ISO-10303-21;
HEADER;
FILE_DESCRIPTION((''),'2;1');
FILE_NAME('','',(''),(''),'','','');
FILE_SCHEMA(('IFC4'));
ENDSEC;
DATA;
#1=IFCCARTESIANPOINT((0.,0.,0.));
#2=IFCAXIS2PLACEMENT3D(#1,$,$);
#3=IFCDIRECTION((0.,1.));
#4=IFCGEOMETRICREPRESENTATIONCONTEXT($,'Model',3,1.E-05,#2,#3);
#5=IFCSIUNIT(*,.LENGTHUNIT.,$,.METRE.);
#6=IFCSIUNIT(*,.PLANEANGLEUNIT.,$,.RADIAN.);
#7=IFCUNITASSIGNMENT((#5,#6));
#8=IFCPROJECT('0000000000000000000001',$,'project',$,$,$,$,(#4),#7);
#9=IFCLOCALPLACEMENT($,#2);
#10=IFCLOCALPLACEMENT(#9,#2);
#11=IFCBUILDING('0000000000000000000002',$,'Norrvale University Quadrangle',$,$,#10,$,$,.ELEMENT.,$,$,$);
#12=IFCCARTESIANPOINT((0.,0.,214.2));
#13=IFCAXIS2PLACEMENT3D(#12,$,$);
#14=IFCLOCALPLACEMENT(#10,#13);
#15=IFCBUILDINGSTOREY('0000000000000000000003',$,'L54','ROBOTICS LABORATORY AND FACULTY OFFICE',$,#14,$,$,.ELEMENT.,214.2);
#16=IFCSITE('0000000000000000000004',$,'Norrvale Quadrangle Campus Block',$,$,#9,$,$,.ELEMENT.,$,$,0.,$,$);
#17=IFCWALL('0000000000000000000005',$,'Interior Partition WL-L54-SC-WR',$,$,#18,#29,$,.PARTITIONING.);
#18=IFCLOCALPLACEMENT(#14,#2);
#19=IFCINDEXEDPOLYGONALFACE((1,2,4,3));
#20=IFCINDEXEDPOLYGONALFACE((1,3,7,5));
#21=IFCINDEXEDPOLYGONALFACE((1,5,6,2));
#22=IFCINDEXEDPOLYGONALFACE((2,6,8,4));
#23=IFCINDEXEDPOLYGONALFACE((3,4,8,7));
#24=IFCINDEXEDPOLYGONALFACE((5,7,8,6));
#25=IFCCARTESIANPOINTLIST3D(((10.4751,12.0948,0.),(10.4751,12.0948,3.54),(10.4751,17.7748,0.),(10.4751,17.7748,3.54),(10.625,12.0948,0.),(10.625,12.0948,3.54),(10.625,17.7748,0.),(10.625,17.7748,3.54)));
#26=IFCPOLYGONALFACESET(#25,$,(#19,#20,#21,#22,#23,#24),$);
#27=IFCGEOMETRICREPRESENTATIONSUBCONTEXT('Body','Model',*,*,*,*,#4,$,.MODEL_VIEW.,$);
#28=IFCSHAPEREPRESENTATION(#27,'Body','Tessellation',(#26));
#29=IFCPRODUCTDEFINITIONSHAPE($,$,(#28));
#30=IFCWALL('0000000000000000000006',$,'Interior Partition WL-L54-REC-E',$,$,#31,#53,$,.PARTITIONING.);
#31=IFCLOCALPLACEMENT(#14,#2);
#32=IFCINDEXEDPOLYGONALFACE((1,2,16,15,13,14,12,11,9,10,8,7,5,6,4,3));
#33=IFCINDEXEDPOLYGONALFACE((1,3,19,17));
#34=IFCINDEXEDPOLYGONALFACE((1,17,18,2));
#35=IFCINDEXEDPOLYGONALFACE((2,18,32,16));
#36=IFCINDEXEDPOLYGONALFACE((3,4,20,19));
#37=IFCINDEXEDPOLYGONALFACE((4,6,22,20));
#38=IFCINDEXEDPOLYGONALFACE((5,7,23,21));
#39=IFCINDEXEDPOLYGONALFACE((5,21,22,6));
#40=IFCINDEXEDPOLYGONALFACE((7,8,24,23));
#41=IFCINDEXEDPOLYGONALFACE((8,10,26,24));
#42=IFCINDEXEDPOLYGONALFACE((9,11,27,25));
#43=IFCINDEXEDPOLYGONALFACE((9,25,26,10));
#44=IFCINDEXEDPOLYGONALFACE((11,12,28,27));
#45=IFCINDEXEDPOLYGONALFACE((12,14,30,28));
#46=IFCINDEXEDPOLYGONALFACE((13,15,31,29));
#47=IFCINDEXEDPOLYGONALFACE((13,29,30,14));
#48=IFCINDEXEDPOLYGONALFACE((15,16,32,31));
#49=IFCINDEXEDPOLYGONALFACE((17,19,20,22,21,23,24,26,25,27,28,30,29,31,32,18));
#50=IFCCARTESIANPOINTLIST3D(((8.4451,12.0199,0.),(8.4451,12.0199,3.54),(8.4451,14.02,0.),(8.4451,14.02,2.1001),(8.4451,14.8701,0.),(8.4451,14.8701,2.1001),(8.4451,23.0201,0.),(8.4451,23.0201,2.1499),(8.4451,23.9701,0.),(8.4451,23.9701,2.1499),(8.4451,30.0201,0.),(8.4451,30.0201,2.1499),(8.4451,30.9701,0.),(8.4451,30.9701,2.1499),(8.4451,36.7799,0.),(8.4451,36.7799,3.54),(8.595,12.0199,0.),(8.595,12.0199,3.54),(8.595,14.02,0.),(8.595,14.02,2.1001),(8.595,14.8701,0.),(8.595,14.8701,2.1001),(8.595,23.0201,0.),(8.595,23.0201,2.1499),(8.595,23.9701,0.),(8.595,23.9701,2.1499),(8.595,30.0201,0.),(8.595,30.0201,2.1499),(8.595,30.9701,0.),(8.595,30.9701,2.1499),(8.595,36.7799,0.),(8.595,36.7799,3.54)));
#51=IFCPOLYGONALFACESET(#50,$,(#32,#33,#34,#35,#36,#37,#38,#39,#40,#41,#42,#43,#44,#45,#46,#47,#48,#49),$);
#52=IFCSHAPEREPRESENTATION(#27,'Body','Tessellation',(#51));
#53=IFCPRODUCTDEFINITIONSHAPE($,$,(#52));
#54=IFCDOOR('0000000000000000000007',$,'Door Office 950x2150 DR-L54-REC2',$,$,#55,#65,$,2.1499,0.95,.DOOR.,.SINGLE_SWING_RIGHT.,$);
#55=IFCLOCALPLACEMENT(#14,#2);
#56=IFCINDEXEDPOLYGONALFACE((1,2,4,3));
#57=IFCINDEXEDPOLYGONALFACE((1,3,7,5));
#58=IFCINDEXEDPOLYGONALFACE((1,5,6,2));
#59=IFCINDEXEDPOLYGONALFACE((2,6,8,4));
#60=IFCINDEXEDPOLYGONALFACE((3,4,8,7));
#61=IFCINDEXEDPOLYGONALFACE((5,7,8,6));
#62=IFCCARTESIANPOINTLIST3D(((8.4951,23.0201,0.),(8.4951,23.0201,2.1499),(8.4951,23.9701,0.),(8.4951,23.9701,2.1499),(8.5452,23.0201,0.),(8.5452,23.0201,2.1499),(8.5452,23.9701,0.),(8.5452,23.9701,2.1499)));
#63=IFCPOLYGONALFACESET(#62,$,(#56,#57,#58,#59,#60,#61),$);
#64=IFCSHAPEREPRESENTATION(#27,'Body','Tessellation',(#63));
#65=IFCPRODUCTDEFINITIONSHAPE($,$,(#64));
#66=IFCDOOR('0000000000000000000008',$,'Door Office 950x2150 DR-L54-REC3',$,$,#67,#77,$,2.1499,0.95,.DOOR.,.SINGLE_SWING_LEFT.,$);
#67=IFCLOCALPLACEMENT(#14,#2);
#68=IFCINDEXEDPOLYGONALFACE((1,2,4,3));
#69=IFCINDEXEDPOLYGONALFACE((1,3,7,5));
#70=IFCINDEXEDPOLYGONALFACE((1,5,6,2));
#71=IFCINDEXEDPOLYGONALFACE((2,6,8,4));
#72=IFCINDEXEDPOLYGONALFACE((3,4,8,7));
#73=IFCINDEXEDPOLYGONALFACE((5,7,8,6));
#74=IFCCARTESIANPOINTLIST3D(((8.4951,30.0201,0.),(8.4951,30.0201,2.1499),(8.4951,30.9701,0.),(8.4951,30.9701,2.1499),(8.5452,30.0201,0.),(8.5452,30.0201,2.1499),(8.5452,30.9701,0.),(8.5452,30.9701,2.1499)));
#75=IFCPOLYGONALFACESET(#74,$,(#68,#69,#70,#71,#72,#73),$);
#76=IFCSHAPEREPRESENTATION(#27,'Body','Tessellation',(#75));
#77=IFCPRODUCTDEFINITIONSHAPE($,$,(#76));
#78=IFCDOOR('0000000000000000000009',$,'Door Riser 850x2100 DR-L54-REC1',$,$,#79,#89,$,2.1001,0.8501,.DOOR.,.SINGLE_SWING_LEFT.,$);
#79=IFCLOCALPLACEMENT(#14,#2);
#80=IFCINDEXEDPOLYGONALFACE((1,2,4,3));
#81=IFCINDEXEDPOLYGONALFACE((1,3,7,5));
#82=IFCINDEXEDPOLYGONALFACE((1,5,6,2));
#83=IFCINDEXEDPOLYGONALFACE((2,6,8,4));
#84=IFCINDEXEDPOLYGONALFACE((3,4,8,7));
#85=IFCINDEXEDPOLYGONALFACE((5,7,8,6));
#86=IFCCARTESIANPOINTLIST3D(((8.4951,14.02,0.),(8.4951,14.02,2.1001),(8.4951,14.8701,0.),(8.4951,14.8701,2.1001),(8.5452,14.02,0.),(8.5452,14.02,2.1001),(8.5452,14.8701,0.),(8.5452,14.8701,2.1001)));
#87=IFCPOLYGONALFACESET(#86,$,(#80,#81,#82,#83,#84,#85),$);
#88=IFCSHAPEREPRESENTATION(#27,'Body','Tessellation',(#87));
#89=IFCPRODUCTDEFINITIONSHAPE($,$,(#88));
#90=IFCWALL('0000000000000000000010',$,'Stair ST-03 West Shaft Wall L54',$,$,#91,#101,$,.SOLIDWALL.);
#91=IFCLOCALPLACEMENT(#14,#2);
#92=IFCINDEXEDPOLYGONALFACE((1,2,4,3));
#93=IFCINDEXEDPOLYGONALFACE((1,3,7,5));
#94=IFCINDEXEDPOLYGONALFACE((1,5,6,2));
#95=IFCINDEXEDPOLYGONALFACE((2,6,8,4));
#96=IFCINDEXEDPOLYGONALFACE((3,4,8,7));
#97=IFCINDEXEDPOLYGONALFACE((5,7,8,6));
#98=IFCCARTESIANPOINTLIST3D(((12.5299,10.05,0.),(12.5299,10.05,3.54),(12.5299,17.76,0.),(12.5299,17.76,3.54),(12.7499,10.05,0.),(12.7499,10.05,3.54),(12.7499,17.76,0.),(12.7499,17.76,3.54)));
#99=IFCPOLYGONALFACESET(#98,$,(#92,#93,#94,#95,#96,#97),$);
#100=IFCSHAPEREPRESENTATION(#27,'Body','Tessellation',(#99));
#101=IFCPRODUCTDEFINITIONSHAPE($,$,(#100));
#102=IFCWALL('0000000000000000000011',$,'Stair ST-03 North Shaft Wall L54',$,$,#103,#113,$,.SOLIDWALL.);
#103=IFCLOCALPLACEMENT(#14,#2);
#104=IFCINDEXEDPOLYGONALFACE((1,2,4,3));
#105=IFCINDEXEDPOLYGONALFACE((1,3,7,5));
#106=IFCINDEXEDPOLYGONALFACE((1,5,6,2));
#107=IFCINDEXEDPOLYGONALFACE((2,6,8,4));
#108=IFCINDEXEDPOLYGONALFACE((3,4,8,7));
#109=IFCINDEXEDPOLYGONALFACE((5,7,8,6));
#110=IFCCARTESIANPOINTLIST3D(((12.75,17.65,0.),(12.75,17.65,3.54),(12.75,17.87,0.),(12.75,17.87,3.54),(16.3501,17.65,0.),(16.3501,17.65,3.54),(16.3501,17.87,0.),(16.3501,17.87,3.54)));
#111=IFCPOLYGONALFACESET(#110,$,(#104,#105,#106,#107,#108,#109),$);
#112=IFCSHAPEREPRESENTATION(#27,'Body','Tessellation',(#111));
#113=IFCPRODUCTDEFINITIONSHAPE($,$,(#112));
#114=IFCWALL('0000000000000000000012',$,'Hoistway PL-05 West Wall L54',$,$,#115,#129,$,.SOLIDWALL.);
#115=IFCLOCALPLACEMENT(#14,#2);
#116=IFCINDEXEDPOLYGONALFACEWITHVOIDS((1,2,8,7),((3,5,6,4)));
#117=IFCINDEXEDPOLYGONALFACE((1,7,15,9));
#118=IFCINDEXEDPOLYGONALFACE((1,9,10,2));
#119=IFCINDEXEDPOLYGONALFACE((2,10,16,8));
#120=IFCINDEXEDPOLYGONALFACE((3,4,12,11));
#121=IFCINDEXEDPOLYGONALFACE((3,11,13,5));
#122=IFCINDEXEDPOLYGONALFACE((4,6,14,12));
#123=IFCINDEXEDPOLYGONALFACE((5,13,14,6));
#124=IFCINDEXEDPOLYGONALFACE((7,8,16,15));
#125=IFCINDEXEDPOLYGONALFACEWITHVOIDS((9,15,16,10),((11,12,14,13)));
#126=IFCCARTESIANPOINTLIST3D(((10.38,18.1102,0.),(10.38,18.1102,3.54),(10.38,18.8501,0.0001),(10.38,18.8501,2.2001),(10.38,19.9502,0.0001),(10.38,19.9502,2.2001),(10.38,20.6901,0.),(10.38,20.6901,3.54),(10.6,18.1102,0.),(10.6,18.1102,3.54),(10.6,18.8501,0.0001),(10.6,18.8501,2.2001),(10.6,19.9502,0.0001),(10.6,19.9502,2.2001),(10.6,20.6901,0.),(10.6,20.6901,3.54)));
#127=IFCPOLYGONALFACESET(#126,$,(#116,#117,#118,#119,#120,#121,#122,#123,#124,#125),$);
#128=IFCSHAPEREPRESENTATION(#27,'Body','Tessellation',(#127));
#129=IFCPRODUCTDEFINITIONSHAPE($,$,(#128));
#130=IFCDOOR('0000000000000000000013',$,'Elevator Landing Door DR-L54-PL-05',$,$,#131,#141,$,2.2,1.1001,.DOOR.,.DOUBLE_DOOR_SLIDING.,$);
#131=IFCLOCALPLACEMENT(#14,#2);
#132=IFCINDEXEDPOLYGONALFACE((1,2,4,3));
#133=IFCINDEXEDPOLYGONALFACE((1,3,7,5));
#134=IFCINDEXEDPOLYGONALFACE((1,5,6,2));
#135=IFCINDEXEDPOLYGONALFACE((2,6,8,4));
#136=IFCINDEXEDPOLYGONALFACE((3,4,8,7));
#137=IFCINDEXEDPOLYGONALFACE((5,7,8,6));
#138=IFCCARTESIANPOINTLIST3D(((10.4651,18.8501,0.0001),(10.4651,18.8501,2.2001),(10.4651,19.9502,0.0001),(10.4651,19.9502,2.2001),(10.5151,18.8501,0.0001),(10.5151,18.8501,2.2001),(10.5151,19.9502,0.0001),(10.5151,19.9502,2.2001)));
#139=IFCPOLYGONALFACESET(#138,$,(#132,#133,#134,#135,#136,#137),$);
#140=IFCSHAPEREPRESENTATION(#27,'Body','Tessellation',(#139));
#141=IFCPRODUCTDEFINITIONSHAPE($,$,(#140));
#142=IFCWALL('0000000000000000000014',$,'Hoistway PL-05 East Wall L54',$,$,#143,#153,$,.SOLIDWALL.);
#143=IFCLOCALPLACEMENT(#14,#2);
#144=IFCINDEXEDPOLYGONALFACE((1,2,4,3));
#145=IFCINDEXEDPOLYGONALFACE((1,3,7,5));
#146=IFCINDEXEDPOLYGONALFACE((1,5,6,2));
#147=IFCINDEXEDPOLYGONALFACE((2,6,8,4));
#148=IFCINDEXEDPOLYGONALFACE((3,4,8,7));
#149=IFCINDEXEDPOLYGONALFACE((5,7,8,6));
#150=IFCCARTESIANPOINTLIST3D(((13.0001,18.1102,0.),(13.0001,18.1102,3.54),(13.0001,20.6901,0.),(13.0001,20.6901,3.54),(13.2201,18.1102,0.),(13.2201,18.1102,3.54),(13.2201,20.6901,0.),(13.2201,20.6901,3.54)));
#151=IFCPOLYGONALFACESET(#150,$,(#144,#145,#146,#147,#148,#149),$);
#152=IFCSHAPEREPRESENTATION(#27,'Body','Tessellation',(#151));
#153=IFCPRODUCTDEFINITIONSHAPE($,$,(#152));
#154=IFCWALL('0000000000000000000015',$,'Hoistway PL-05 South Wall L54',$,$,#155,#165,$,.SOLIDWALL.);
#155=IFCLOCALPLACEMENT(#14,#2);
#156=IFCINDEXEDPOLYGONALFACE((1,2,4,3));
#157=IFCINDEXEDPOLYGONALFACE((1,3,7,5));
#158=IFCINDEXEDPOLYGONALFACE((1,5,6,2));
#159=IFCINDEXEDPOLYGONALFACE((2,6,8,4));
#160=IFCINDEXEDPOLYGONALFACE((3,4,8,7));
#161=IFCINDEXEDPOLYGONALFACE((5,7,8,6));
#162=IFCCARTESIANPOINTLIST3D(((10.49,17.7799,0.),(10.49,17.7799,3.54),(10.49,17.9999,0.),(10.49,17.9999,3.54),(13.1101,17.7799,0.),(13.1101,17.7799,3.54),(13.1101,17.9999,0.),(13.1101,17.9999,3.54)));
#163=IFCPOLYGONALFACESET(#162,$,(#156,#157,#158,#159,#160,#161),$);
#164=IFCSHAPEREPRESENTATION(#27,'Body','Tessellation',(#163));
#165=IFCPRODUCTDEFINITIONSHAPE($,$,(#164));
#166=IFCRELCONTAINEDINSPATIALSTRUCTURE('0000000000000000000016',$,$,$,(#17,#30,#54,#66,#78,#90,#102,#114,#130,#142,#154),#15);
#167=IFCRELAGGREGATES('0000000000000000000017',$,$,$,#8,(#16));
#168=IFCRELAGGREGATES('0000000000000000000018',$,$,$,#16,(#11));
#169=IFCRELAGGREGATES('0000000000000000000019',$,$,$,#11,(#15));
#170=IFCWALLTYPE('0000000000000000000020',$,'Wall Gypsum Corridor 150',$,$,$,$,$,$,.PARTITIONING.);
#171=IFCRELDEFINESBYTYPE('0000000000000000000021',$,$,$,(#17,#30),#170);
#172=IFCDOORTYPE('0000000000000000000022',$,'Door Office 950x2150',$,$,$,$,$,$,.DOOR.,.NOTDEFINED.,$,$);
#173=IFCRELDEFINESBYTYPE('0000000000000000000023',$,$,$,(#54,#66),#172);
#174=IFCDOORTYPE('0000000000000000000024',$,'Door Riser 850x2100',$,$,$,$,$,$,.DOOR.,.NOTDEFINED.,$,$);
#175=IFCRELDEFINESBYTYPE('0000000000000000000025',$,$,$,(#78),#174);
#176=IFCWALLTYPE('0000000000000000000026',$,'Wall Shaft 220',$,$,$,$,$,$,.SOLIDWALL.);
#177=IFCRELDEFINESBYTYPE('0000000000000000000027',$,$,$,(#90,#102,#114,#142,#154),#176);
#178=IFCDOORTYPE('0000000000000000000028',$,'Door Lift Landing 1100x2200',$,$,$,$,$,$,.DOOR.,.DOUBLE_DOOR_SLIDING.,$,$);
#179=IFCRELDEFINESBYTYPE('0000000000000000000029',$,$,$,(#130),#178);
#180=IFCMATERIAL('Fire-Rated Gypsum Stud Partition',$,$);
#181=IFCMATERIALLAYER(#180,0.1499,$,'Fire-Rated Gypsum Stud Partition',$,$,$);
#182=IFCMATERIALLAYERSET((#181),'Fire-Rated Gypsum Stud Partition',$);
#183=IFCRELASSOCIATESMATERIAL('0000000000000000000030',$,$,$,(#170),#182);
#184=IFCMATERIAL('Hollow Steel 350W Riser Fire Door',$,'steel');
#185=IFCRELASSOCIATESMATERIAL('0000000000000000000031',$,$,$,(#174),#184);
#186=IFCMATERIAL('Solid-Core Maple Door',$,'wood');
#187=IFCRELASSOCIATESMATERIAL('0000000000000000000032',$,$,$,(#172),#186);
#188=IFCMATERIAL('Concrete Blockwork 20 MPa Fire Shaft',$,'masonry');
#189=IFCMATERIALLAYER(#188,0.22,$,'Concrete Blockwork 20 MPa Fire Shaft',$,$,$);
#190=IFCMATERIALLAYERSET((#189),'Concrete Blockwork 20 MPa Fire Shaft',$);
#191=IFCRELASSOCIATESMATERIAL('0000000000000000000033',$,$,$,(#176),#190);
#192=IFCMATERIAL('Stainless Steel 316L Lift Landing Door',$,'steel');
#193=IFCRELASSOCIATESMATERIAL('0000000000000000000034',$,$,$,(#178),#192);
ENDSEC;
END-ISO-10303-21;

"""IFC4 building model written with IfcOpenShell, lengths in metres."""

from ifc_helpers import new_model, si_unit, direction, frame, frame_2d, origin, place, context, subcontext, project, spatial, rectangle, extrude, material, layer, layer_set, type_object, element, fill, save


model = new_model("IFC4")

# Units and contexts
model_context = context("Model", 3, precision=1e-05, world=origin(), true_north=direction((0.0, 1.0)))
body_context = subcontext(model_context, "Body", "Model", "MODEL_VIEW")
ifc_project = project(units=[si_unit("LENGTHUNIT", "METRE"), si_unit("PLANEANGLEUNIT", "RADIAN")], contexts=[model_context])

# Site, building, storey
site_placement = place(None, origin())
site = spatial("IfcSite", under=ifc_project, at=site_placement, Name="Norrvale Quadrangle Campus Block", CompositionType="ELEMENT", RefElevation=0.0)
building_placement = place(site_placement, origin())
building = spatial("IfcBuilding", under=site, at=building_placement, Name="Norrvale University Quadrangle", CompositionType="ELEMENT")
storey_placement = place(building_placement, frame((0.0, 0.0, 214.2)))
storey = spatial("IfcBuildingStorey", under=building, at=storey_placement, Name="L54", Description="ROBOTICS LABORATORY AND FACULTY OFFICE", CompositionType="ELEMENT", Elevation=214.2)

# Shared definitions
ifc_material_1 = material(Name="Fire-Rated Gypsum Stud Partition")
ifc_layer_1 = layer(ifc_material_1, 0.1499, Name="Fire-Rated Gypsum Stud Partition")
ifc_layer_set_1 = layer_set([ifc_layer_1], Name="Fire-Rated Gypsum Stud Partition")
wall_type_1 = type_object("IfcWallType", Name="Wall Gypsum Corridor 150", PredefinedType="PARTITIONING", material=ifc_layer_set_1)
ifc_material_2 = material(Name="Hollow Steel 350W Riser Fire Door", Category="steel")
door_type_1 = type_object("IfcDoorType", Name="Door Riser 850x2100", OperationType="NOTDEFINED", PredefinedType="DOOR", material=ifc_material_2)

# Wall
wall_1_placement = place(storey_placement, frame((10.55, 12.095, 0.0), z_axis=(0.0, 0.0, 1.0), x_axis=(0.0, 1.0, 0.0)))
element("IfcWall", 1, at=wall_1_placement, inside=storey, type_object=wall_type_1, Name="Interior Partition WL-L54-SC-WR", PredefinedType="PARTITIONING", context=body_context, shape_type="SweptSolid", body=[
    extrude(rectangle(XDim=5.6799, YDim=0.1499, at=frame_2d((2.8398, 0.0))), origin(), (0.0, 0.0, 1.0), 3.54),
])

# Wall, openings, doors
wall_2_placement = place(storey_placement, frame((8.52, 12.02, 0.0), z_axis=(0.0, 0.0, 1.0), x_axis=(0.0, 1.0, 0.0)))
wall_2 = element("IfcWall", 2, at=wall_2_placement, inside=storey, type_object=wall_type_1, Name="Interior Partition WL-L54-REC-E", PredefinedType="PARTITIONING", context=body_context, shape_type="SweptSolid", body=[
    extrude(rectangle(XDim=24.76, YDim=0.1499, at=frame_2d((12.3799, 0.0))), origin(), (0.0, 0.0, 1.0), 3.54),
])
opening_1_placement = place(wall_2_placement, frame((2.0, 0.0, 0.0)))
opening_1 = element("IfcOpeningElement", 3, at=opening_1_placement, cuts=wall_2, PredefinedType="OPENING", context=body_context, shape_type="SweptSolid", body=[
    extrude(rectangle(XDim=0.8501, YDim=2.1001, at=frame_2d((0.425, 1.05))), frame((0.0, 0.0869, 0.0), z_axis=(0.0, -1.0, 0.0), x_axis=(1.0, 0.0, 0.0)), (0.0, 0.0, 1.0), 0.1738),
])
opening_2_placement = place(wall_2_placement, frame((11.0, 0.0, 0.0)))
opening_2 = element("IfcOpeningElement", 4, at=opening_2_placement, cuts=wall_2, PredefinedType="OPENING", context=body_context, shape_type="SweptSolid", body=[
    extrude(rectangle(XDim=0.95, YDim=2.1499, at=frame_2d((0.4751, 1.075))), frame((0.0, 0.0869, 0.0), z_axis=(0.0, -1.0, 0.0), x_axis=(1.0, 0.0, 0.0)), (0.0, 0.0, 1.0), 0.1738),
])
opening_3_placement = place(wall_2_placement, frame((18.0, 0.0, 0.0)))
opening_3 = element("IfcOpeningElement", 5, at=opening_3_placement, cuts=wall_2, PredefinedType="OPENING", context=body_context, shape_type="SweptSolid", body=[
    extrude(rectangle(XDim=0.95, YDim=2.1499, at=frame_2d((0.4751, 1.075))), frame((0.0, 0.0869, 0.0), z_axis=(0.0, -1.0, 0.0), x_axis=(1.0, 0.0, 0.0)), (0.0, 0.0, 1.0), 0.1738),
])
ifc_material_3 = material(Name="Solid-Core Maple Door", Category="wood")
door_type_2 = type_object("IfcDoorType", Name="Door Office 950x2150", OperationType="NOTDEFINED", PredefinedType="DOOR", material=ifc_material_3)
door_1_placement = place(opening_2_placement, origin())
door_1 = element("IfcDoor", 6, at=door_1_placement, inside=storey, type_object=door_type_2, Name="Door Office 950x2150 DR-L54-REC2", OperationType="SINGLE_SWING_RIGHT", OverallHeight=2.1499, OverallWidth=0.95, PredefinedType="DOOR", context=body_context, shape_type="SweptSolid", body=[
    extrude(rectangle(XDim=0.95, YDim=2.1499, at=frame_2d((0.4751, 1.075))), frame((0.0, 0.0249, 0.0), z_axis=(0.0, -1.0, 0.0), x_axis=(1.0, 0.0, 0.0)), (0.0, 0.0, 1.0), 0.05),
])
fill(opening_2, door_1)
door_2_placement = place(opening_3_placement, origin())
door_2 = element("IfcDoor", 7, at=door_2_placement, inside=storey, type_object=door_type_2, Name="Door Office 950x2150 DR-L54-REC3", OperationType="SINGLE_SWING_LEFT", OverallHeight=2.1499, OverallWidth=0.95, PredefinedType="DOOR", context=body_context, shape_type="SweptSolid", body=[
    extrude(rectangle(XDim=0.95, YDim=2.1499, at=frame_2d((0.4751, 1.075))), frame((0.0, 0.0249, 0.0), z_axis=(0.0, -1.0, 0.0), x_axis=(1.0, 0.0, 0.0)), (0.0, 0.0, 1.0), 0.05),
])
fill(opening_3, door_2)
door_3_placement = place(opening_1_placement, origin())
door_3 = element("IfcDoor", 8, at=door_3_placement, inside=storey, type_object=door_type_1, Name="Door Riser 850x2100 DR-L54-REC1", OperationType="SINGLE_SWING_LEFT", OverallHeight=2.1001, OverallWidth=0.8501, PredefinedType="DOOR", context=body_context, shape_type="SweptSolid", body=[
    extrude(rectangle(XDim=0.8501, YDim=2.1001, at=frame_2d((0.425, 1.05))), frame((0.0, 0.0249, 0.0), z_axis=(0.0, -1.0, 0.0), x_axis=(1.0, 0.0, 0.0)), (0.0, 0.0, 1.0), 0.05),
])
fill(opening_1, door_3)

# Walls
ifc_material_4 = material(Name="Concrete Blockwork 20 MPa Fire Shaft", Category="masonry")
ifc_layer_2 = layer(ifc_material_4, 0.22, Name="Concrete Blockwork 20 MPa Fire Shaft")
ifc_layer_set_2 = layer_set([ifc_layer_2], Name="Concrete Blockwork 20 MPa Fire Shaft")
wall_type_2 = type_object("IfcWallType", Name="Wall Shaft 220", PredefinedType="SOLIDWALL", material=ifc_layer_set_2)
wall_3_placement = place(storey_placement, frame((12.6399, 10.05, 0.0), z_axis=(0.0, 0.0, 1.0), x_axis=(0.0, 1.0, 0.0)))
element("IfcWall", 9, at=wall_3_placement, inside=storey, type_object=wall_type_2, Name="Stair ST-03 West Shaft Wall L54", PredefinedType="SOLIDWALL", context=body_context, shape_type="SweptSolid", body=[
    extrude(rectangle(XDim=7.71, YDim=0.22, at=frame_2d((3.855, 0.0))), origin(), (0.0, 0.0, 1.0), 3.54),
])
wall_4_placement = place(storey_placement, frame((12.75, 17.76, 0.0), z_axis=(0.0, 0.0, 1.0), x_axis=(1.0, 0.0, 0.0)))
element("IfcWall", 10, at=wall_4_placement, inside=storey, type_object=wall_type_2, Name="Stair ST-03 North Shaft Wall L54", PredefinedType="SOLIDWALL", context=body_context, shape_type="SweptSolid", body=[
    extrude(rectangle(XDim=3.6001, YDim=0.22, at=frame_2d((1.8, 0.0))), origin(), (0.0, 0.0, 1.0), 3.54),
])

# Wall, opening, door
wall_5_placement = place(storey_placement, frame((10.49, 18.1101, 0.0), z_axis=(0.0, 0.0, 1.0), x_axis=(0.0, 1.0, 0.0)))
wall_5 = element("IfcWall", 11, at=wall_5_placement, inside=storey, type_object=wall_type_2, Name="Hoistway PL-05 West Wall L54", PredefinedType="SOLIDWALL", context=body_context, shape_type="SweptSolid", body=[
    extrude(rectangle(XDim=2.5798, YDim=0.22, at=frame_2d((1.29, 0.0))), origin(), (0.0, 0.0, 1.0), 3.54),
])
opening_4_placement = place(wall_5_placement, frame((0.74, 0.0, 0.0)))
opening_4 = element("IfcOpeningElement", 12, at=opening_4_placement, cuts=wall_5, PredefinedType="OPENING", context=body_context, shape_type="SweptSolid", body=[
    extrude(rectangle(XDim=1.1001, YDim=2.2, at=frame_2d((0.55, 1.1001))), frame((0.0, 0.1221, 0.0), z_axis=(0.0, -1.0, 0.0), x_axis=(1.0, 0.0, 0.0)), (0.0, 0.0, 1.0), 0.2439),
])
ifc_material_5 = material(Name="Stainless Steel 316L Lift Landing Door", Category="steel")
door_type_3 = type_object("IfcDoorType", Name="Door Lift Landing 1100x2200", OperationType="DOUBLE_DOOR_SLIDING", PredefinedType="DOOR", material=ifc_material_5)
door_4_placement = place(opening_4_placement, origin())
door_4 = element("IfcDoor", 13, at=door_4_placement, inside=storey, type_object=door_type_3, Name="Elevator Landing Door DR-L54-PL-05", OperationType="DOUBLE_DOOR_SLIDING", OverallHeight=2.2, OverallWidth=1.1001, PredefinedType="DOOR", context=body_context, shape_type="SweptSolid", body=[
    extrude(rectangle(XDim=1.1001, YDim=2.2, at=frame_2d((0.55, 1.1001))), frame((0.0, 0.0249, 0.0), z_axis=(0.0, -1.0, 0.0), x_axis=(1.0, 0.0, 0.0)), (0.0, 0.0, 1.0), 0.05),
])
fill(opening_4, door_4)

# Walls
wall_6_placement = place(storey_placement, frame((13.1101, 18.1101, 0.0), z_axis=(0.0, 0.0, 1.0), x_axis=(0.0, 1.0, 0.0)))
element("IfcWall", 14, at=wall_6_placement, inside=storey, type_object=wall_type_2, Name="Hoistway PL-05 East Wall L54", PredefinedType="SOLIDWALL", context=body_context, shape_type="SweptSolid", body=[
    extrude(rectangle(XDim=2.5798, YDim=0.22, at=frame_2d((1.29, 0.0))), origin(), (0.0, 0.0, 1.0), 3.54),
])
wall_7_placement = place(storey_placement, frame((10.49, 17.8899, 0.0), z_axis=(0.0, 0.0, 1.0), x_axis=(1.0, 0.0, 0.0)))
element("IfcWall", 15, at=wall_7_placement, inside=storey, type_object=wall_type_2, Name="Hoistway PL-05 South Wall L54", PredefinedType="SOLIDWALL", context=body_context, shape_type="SweptSolid", body=[
    extrude(rectangle(XDim=2.6201, YDim=0.22, at=frame_2d((1.3101, 0.0))), origin(), (0.0, 0.0, 1.0), 3.54),
])

save(model, "model.ifc")
